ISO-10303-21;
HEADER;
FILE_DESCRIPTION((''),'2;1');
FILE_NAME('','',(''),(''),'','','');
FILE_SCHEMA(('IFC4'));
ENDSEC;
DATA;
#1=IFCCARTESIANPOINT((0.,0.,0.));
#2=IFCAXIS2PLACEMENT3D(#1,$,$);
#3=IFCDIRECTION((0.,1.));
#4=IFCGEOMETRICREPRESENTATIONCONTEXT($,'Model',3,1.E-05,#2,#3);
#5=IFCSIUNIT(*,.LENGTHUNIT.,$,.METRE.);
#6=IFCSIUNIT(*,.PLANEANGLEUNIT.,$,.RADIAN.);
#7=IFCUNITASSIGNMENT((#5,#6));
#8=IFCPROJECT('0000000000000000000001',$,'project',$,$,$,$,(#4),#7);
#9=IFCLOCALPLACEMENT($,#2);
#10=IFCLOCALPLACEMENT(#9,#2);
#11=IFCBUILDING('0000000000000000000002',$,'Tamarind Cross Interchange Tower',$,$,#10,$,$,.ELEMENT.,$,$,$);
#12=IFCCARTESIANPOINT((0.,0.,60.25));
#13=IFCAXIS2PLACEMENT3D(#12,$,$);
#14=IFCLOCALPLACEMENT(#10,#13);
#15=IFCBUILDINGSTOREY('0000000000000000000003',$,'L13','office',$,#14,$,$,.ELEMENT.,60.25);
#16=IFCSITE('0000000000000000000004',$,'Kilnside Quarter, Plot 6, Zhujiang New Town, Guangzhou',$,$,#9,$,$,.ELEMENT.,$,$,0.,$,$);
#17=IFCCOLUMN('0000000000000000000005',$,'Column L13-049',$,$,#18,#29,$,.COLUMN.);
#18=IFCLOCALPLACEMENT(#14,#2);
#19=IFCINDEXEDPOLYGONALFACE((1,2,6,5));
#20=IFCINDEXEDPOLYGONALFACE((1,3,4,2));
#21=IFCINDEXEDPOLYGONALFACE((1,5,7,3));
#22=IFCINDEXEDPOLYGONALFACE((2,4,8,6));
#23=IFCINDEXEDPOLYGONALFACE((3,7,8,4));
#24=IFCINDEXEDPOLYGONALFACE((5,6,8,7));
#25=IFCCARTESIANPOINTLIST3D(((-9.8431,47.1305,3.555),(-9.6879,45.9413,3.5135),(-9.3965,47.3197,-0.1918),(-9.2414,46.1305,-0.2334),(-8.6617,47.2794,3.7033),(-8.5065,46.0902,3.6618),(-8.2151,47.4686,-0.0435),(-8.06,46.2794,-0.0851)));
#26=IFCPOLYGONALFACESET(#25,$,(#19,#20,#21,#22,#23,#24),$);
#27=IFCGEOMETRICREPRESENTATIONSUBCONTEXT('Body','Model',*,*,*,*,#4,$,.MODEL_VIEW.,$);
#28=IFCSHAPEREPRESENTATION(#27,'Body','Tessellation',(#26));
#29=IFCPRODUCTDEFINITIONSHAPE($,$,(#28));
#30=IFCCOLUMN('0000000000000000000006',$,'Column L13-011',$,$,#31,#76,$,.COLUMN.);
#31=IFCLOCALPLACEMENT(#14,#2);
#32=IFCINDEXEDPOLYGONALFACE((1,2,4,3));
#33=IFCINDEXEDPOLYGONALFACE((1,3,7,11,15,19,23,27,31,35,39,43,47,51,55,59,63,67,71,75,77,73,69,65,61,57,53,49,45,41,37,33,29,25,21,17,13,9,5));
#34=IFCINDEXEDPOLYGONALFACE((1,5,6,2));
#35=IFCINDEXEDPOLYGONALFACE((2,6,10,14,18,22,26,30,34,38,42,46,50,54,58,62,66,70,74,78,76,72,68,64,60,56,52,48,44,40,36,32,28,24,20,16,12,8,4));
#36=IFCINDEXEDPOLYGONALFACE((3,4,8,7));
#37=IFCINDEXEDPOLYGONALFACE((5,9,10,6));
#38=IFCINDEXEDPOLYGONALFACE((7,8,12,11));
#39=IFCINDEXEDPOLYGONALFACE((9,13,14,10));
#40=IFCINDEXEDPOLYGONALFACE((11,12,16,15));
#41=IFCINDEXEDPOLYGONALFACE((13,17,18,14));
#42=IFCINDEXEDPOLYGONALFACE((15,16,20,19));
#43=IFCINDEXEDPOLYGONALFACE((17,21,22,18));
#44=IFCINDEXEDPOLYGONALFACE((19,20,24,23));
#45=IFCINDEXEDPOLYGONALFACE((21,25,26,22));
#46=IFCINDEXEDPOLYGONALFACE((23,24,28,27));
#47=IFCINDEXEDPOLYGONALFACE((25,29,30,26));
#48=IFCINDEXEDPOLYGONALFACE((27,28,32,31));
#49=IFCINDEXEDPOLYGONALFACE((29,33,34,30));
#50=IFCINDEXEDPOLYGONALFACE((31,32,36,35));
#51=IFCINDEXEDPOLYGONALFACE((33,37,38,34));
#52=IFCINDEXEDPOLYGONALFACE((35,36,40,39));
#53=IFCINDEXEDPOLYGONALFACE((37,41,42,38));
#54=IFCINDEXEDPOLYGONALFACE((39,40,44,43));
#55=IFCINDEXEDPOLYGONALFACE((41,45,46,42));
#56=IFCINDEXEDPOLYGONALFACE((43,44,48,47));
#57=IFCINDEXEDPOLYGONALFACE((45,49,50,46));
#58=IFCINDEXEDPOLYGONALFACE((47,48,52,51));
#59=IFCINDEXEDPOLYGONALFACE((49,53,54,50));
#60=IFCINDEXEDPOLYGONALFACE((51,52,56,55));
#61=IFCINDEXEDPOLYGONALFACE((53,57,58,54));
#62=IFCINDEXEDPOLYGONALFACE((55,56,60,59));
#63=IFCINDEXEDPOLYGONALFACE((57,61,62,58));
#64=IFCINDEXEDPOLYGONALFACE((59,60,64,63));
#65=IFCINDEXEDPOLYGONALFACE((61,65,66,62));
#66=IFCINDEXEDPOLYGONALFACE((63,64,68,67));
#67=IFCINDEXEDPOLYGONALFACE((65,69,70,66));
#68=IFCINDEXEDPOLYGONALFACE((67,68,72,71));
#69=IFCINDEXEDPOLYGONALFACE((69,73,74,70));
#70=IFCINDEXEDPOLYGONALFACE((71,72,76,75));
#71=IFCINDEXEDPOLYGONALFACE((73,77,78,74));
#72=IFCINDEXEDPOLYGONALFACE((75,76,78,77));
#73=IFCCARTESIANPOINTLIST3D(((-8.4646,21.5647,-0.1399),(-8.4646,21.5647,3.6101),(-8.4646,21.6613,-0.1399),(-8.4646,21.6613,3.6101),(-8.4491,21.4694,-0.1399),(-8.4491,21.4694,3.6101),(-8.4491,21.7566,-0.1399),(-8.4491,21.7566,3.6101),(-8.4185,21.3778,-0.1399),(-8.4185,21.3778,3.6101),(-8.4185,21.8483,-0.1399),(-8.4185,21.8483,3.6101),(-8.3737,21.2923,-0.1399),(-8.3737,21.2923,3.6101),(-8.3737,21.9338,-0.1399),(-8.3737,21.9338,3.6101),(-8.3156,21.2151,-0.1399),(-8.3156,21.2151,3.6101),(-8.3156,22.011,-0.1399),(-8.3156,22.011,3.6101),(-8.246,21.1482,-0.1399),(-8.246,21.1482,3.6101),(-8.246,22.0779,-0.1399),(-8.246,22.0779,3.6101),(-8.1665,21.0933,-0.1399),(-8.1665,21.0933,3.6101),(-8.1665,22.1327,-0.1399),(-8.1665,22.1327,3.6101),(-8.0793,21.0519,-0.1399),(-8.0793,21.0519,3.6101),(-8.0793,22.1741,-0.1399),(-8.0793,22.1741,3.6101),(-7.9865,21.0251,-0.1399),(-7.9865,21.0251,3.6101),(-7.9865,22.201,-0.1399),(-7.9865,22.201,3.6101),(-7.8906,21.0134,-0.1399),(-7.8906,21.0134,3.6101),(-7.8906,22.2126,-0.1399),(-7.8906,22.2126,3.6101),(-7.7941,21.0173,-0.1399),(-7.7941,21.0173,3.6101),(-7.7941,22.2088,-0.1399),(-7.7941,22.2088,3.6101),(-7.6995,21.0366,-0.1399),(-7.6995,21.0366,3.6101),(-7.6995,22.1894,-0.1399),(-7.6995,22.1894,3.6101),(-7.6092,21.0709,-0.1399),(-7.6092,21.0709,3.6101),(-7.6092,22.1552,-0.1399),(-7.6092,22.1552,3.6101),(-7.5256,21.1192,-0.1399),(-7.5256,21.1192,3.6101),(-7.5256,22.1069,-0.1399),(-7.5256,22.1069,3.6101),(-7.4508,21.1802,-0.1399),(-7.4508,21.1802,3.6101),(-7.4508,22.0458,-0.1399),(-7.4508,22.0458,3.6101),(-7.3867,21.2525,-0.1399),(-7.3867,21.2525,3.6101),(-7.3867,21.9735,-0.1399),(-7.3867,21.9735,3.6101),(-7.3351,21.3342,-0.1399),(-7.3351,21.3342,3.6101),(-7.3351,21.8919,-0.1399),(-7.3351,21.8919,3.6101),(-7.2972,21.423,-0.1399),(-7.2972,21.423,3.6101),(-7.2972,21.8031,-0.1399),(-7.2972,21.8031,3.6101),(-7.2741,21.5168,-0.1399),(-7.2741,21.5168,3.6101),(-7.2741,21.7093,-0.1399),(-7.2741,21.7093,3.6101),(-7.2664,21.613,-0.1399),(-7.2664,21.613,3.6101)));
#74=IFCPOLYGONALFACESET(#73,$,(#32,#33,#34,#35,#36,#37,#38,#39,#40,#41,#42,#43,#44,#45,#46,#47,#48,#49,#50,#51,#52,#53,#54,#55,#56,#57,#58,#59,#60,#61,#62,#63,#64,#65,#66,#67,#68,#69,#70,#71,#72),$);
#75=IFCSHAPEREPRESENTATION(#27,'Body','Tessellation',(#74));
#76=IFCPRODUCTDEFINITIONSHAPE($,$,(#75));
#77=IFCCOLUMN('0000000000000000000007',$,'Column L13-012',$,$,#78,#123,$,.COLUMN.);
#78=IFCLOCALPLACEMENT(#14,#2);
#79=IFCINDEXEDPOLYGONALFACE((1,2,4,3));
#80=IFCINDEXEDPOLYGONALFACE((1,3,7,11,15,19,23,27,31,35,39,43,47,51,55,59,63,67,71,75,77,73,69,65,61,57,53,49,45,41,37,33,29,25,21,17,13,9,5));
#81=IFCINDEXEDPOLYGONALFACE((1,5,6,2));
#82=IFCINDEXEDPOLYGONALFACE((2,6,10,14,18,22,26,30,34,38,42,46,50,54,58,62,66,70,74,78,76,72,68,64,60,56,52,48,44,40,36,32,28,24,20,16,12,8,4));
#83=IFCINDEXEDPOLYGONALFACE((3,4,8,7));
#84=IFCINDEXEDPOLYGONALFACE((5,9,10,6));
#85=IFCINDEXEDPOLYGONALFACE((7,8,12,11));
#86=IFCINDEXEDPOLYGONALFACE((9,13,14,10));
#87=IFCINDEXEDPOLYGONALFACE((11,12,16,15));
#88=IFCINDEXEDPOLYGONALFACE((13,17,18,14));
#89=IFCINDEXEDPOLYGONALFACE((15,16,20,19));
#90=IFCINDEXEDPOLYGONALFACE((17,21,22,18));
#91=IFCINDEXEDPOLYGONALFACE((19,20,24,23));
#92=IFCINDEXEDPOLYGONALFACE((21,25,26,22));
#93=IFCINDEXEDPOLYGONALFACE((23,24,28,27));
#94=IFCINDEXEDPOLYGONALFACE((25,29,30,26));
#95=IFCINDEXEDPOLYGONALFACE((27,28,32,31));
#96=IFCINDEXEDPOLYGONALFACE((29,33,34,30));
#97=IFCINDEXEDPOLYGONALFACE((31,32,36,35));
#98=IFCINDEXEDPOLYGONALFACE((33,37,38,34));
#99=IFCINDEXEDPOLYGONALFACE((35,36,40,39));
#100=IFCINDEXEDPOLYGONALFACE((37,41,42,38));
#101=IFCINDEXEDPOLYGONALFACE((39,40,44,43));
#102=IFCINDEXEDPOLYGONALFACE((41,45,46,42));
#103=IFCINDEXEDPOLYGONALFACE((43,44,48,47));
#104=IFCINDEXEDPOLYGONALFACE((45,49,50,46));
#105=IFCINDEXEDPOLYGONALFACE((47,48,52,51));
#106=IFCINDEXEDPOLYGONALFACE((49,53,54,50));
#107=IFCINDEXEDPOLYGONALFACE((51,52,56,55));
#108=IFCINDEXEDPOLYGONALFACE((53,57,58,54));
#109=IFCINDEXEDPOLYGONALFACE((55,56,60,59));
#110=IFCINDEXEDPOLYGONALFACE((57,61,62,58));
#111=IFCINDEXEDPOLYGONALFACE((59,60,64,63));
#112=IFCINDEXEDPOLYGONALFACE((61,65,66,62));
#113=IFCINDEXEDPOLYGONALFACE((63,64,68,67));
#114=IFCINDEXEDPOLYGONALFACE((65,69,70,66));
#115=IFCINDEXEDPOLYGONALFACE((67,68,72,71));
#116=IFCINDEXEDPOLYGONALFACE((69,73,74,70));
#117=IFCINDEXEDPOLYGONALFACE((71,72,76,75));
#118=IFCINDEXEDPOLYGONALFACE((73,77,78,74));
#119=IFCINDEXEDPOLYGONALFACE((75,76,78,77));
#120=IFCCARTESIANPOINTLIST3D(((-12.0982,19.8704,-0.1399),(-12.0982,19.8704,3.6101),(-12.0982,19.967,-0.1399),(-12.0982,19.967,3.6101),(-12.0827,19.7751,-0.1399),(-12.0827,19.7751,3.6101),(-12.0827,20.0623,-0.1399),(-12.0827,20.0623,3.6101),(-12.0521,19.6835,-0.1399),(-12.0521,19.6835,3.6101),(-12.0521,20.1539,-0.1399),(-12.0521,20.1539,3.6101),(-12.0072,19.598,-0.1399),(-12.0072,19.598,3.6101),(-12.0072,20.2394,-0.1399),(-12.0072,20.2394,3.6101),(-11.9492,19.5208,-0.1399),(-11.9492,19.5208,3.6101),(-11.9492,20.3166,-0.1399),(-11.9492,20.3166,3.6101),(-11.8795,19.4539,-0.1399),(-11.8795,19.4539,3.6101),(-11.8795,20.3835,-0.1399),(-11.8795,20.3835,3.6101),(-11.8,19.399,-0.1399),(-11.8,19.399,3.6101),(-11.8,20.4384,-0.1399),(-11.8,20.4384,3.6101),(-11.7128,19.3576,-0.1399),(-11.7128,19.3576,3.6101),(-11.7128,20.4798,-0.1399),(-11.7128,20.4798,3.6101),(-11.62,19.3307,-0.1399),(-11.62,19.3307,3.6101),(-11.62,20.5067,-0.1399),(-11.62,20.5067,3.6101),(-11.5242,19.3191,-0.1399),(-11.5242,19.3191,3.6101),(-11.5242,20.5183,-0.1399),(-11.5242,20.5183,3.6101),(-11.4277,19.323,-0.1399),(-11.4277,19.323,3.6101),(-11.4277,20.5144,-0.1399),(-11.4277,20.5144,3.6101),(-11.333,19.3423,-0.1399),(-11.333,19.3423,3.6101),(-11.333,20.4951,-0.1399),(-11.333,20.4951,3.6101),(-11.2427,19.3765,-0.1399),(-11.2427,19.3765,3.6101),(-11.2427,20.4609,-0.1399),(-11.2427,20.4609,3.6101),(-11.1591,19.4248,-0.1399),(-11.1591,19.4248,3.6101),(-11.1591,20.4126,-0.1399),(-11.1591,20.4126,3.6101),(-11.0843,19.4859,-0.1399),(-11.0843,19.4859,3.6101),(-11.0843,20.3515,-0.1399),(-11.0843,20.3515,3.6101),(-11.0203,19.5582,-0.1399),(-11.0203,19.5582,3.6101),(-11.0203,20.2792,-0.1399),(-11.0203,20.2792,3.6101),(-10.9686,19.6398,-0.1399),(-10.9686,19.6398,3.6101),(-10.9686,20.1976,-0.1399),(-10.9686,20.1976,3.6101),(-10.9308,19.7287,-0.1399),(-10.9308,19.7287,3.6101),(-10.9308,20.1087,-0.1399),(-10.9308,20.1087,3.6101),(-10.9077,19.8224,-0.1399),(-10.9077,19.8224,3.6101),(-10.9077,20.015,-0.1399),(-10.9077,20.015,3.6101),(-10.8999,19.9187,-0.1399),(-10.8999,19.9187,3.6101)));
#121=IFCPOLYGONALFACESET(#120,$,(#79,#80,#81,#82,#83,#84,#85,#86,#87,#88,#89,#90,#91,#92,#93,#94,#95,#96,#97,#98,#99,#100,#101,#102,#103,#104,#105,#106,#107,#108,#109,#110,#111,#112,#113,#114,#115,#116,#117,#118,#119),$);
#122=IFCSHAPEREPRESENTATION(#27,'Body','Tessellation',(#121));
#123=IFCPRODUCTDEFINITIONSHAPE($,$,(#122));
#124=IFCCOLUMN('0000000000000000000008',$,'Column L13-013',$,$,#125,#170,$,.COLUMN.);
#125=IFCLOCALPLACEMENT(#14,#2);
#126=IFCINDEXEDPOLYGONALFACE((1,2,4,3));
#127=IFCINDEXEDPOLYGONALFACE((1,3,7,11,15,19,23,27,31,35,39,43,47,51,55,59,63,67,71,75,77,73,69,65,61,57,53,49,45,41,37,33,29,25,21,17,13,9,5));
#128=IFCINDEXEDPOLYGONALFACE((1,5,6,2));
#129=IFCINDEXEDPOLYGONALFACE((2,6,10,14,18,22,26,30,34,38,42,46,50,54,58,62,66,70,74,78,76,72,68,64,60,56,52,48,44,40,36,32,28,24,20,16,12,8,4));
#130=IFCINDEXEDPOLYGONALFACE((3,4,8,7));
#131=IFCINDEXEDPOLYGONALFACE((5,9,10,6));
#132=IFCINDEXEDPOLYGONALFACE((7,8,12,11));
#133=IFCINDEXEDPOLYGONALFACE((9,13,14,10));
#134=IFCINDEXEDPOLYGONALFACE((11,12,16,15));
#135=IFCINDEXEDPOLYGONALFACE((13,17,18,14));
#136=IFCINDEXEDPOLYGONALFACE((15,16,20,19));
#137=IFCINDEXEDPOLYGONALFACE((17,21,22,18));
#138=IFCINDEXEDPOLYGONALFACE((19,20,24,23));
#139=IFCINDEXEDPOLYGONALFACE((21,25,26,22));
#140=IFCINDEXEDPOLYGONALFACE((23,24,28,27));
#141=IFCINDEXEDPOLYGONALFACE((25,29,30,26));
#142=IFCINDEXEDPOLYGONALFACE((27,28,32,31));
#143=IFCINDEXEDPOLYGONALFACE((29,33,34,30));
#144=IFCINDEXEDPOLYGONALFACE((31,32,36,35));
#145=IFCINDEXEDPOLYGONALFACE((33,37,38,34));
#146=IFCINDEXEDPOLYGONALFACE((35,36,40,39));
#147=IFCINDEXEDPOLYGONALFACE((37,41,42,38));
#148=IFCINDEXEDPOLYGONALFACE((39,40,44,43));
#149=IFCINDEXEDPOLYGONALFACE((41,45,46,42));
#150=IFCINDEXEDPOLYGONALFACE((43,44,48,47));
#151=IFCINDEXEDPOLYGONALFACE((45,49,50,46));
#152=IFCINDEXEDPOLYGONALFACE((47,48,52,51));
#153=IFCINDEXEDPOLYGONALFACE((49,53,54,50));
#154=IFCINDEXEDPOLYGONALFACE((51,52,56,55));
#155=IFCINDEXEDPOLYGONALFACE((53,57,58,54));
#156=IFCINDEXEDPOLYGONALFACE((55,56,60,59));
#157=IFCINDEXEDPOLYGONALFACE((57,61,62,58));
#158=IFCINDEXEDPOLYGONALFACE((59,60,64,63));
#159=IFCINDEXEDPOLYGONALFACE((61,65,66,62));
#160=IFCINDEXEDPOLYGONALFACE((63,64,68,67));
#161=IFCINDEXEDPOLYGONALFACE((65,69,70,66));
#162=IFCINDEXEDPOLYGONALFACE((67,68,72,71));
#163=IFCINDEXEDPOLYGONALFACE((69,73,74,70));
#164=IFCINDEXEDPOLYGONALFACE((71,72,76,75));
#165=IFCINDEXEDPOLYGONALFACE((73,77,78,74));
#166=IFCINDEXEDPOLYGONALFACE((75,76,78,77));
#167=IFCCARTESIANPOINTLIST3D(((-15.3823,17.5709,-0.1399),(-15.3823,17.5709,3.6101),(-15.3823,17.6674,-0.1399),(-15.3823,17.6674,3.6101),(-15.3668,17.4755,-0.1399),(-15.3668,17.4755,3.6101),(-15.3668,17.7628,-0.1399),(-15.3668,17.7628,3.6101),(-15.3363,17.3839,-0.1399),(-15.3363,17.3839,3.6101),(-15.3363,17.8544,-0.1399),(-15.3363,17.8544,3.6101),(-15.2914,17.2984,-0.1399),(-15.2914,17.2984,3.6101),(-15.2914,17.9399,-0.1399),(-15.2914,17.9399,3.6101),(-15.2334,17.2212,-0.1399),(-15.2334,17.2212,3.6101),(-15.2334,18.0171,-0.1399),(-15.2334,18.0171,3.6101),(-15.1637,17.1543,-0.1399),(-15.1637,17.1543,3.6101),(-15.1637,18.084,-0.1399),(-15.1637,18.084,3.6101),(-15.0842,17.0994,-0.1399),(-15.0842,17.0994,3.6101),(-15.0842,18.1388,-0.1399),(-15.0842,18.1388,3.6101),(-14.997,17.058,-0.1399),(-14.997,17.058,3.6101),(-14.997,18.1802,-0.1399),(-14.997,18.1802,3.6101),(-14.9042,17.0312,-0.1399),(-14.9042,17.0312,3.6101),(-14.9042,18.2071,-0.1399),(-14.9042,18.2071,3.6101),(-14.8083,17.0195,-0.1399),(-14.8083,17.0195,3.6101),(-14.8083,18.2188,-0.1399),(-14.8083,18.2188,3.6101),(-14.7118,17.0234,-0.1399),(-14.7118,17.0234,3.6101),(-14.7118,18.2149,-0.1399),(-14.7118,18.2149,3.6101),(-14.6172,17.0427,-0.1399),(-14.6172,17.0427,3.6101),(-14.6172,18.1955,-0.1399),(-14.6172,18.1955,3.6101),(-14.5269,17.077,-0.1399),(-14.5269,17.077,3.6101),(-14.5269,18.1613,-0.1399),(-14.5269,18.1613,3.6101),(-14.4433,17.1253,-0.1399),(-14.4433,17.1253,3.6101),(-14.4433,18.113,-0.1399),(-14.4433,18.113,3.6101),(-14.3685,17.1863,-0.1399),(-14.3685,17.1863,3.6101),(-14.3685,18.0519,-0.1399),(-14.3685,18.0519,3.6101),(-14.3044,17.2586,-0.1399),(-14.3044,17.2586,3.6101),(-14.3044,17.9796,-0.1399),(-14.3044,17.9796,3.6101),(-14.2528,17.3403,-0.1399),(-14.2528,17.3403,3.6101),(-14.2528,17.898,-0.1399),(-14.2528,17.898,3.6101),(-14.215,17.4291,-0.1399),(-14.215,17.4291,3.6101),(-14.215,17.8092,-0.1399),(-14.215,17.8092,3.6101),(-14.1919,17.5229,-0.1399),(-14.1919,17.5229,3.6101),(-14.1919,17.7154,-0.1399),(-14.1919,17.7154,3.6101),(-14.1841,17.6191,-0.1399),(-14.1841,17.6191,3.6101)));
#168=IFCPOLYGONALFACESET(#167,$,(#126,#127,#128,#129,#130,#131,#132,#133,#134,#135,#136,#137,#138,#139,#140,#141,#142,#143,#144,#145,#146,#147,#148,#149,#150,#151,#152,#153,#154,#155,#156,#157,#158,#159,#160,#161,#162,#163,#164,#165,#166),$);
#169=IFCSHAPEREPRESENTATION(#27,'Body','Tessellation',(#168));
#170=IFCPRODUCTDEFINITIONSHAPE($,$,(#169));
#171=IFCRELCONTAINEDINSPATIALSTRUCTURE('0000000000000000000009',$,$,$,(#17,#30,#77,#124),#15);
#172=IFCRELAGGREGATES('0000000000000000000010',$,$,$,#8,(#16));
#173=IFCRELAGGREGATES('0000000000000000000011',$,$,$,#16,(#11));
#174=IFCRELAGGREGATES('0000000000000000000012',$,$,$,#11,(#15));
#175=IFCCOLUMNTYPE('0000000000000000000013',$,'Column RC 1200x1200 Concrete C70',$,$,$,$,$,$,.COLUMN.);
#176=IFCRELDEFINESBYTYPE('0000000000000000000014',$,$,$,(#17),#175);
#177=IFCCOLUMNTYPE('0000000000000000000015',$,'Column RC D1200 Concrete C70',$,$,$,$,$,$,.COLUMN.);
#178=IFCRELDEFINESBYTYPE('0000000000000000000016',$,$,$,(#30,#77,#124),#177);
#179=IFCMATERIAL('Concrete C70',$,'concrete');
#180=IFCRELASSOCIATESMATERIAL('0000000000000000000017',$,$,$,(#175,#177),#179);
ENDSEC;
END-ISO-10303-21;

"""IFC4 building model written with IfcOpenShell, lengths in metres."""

from ifc_helpers import new_model, si_unit, direction, frame, origin, origin_2d, place, context, subcontext, project, spatial, rectangle, circle, extrude, material, material_profile, profile_set, type_object, element, save


model = new_model("IFC4")

# Units and contexts
model_context = context("Model", 3, precision=1e-05, world=origin(), true_north=direction((0.0, 1.0)))
body_context = subcontext(model_context, "Body", "Model", "MODEL_VIEW")
ifc_project = project(units=[si_unit("LENGTHUNIT", "METRE"), si_unit("PLANEANGLEUNIT", "RADIAN")], contexts=[model_context])

# Site, building, storey
site_placement = place(None, origin())
site = spatial("IfcSite", under=ifc_project, at=site_placement, Name="Kilnside Quarter, Plot 6, Zhujiang New Town, Guangzhou", CompositionType="ELEMENT", RefElevation=0.0)
building_placement = place(site_placement, origin())
building = spatial("IfcBuilding", under=site, at=building_placement, Name="Tamarind Cross Interchange Tower", CompositionType="ELEMENT")
storey_placement = place(building_placement, frame((0.0, 0.0, 60.25)))
storey = spatial("IfcBuildingStorey", under=building, at=storey_placement, Name="L13", Description="office", CompositionType="ELEMENT", Elevation=60.25)

# Columns
ifc_material_1 = material(Name="Concrete C70", Category="concrete")
ifc_material_profile_1 = material_profile(ifc_material_1, rectangle(XDim=1.2, YDim=1.2, at=origin_2d()), Name="RC 1200x1200")
ifc_profile_set_1 = profile_set([ifc_material_profile_1], Name="Concrete C70")
column_type_1 = type_object("IfcColumnType", Name="Column RC 1200x1200 Concrete C70", PredefinedType="COLUMN", material=ifc_profile_set_1)
column_placement = place(storey_placement, frame((-8.7283, 46.7996, -0.1384), z_axis=(-0.11819, -0.050081, 0.991727), x_axis=(0.984541, 0.124106, 0.123601)))
element("IfcColumn", 1, at=column_placement, inside=storey, type_object=column_type_1, Name="Column L13-049", PredefinedType="COLUMN", context=body_context, shape_type="SweptSolid", body=[
    extrude(rectangle(XDim=1.2, YDim=1.2, at=origin_2d()), origin(), (0.0, 0.0, 1.0), 3.7781),
])
ifc_material_profile_2 = material_profile(ifc_material_1, circle(Radius=0.6001, at=origin_2d()), Name="RC D1200")
ifc_profile_set_2 = profile_set([ifc_material_profile_2], Name="Concrete C70")
column_type_2 = type_object("IfcColumnType", Name="Column RC D1200 Concrete C70", PredefinedType="COLUMN", material=ifc_profile_set_2)
for number, where, z_axis, x_axis, name in (
    (2, (-7.8665, 21.613, -0.1399), (0.0, 0.0, 1.0), (1.0, 0.0, 0.0), "Column L13-011"),
    (3, (-11.5, 19.9187, -0.1399), (0.0, 0.0, 1.0), (1.0, 0.0, 0.0), "Column L13-012"),
    (4, (-14.7842, 17.6191, -0.1399), (0.0, 0.0, 1.0), (1.0, 0.0, 0.0), "Column L13-013"),
):
    element("IfcColumn", number, at=place(storey_placement, frame(where, z_axis=z_axis, x_axis=x_axis)), inside=storey, type_object=column_type_2, Name=name, PredefinedType="COLUMN", context=body_context, shape_type="SweptSolid", body=[
        extrude(circle(Radius=0.6001, at=origin_2d()), origin(), (0.0, 0.0, 1.0), 3.75),
    ])

save(model, "model.ifc")
